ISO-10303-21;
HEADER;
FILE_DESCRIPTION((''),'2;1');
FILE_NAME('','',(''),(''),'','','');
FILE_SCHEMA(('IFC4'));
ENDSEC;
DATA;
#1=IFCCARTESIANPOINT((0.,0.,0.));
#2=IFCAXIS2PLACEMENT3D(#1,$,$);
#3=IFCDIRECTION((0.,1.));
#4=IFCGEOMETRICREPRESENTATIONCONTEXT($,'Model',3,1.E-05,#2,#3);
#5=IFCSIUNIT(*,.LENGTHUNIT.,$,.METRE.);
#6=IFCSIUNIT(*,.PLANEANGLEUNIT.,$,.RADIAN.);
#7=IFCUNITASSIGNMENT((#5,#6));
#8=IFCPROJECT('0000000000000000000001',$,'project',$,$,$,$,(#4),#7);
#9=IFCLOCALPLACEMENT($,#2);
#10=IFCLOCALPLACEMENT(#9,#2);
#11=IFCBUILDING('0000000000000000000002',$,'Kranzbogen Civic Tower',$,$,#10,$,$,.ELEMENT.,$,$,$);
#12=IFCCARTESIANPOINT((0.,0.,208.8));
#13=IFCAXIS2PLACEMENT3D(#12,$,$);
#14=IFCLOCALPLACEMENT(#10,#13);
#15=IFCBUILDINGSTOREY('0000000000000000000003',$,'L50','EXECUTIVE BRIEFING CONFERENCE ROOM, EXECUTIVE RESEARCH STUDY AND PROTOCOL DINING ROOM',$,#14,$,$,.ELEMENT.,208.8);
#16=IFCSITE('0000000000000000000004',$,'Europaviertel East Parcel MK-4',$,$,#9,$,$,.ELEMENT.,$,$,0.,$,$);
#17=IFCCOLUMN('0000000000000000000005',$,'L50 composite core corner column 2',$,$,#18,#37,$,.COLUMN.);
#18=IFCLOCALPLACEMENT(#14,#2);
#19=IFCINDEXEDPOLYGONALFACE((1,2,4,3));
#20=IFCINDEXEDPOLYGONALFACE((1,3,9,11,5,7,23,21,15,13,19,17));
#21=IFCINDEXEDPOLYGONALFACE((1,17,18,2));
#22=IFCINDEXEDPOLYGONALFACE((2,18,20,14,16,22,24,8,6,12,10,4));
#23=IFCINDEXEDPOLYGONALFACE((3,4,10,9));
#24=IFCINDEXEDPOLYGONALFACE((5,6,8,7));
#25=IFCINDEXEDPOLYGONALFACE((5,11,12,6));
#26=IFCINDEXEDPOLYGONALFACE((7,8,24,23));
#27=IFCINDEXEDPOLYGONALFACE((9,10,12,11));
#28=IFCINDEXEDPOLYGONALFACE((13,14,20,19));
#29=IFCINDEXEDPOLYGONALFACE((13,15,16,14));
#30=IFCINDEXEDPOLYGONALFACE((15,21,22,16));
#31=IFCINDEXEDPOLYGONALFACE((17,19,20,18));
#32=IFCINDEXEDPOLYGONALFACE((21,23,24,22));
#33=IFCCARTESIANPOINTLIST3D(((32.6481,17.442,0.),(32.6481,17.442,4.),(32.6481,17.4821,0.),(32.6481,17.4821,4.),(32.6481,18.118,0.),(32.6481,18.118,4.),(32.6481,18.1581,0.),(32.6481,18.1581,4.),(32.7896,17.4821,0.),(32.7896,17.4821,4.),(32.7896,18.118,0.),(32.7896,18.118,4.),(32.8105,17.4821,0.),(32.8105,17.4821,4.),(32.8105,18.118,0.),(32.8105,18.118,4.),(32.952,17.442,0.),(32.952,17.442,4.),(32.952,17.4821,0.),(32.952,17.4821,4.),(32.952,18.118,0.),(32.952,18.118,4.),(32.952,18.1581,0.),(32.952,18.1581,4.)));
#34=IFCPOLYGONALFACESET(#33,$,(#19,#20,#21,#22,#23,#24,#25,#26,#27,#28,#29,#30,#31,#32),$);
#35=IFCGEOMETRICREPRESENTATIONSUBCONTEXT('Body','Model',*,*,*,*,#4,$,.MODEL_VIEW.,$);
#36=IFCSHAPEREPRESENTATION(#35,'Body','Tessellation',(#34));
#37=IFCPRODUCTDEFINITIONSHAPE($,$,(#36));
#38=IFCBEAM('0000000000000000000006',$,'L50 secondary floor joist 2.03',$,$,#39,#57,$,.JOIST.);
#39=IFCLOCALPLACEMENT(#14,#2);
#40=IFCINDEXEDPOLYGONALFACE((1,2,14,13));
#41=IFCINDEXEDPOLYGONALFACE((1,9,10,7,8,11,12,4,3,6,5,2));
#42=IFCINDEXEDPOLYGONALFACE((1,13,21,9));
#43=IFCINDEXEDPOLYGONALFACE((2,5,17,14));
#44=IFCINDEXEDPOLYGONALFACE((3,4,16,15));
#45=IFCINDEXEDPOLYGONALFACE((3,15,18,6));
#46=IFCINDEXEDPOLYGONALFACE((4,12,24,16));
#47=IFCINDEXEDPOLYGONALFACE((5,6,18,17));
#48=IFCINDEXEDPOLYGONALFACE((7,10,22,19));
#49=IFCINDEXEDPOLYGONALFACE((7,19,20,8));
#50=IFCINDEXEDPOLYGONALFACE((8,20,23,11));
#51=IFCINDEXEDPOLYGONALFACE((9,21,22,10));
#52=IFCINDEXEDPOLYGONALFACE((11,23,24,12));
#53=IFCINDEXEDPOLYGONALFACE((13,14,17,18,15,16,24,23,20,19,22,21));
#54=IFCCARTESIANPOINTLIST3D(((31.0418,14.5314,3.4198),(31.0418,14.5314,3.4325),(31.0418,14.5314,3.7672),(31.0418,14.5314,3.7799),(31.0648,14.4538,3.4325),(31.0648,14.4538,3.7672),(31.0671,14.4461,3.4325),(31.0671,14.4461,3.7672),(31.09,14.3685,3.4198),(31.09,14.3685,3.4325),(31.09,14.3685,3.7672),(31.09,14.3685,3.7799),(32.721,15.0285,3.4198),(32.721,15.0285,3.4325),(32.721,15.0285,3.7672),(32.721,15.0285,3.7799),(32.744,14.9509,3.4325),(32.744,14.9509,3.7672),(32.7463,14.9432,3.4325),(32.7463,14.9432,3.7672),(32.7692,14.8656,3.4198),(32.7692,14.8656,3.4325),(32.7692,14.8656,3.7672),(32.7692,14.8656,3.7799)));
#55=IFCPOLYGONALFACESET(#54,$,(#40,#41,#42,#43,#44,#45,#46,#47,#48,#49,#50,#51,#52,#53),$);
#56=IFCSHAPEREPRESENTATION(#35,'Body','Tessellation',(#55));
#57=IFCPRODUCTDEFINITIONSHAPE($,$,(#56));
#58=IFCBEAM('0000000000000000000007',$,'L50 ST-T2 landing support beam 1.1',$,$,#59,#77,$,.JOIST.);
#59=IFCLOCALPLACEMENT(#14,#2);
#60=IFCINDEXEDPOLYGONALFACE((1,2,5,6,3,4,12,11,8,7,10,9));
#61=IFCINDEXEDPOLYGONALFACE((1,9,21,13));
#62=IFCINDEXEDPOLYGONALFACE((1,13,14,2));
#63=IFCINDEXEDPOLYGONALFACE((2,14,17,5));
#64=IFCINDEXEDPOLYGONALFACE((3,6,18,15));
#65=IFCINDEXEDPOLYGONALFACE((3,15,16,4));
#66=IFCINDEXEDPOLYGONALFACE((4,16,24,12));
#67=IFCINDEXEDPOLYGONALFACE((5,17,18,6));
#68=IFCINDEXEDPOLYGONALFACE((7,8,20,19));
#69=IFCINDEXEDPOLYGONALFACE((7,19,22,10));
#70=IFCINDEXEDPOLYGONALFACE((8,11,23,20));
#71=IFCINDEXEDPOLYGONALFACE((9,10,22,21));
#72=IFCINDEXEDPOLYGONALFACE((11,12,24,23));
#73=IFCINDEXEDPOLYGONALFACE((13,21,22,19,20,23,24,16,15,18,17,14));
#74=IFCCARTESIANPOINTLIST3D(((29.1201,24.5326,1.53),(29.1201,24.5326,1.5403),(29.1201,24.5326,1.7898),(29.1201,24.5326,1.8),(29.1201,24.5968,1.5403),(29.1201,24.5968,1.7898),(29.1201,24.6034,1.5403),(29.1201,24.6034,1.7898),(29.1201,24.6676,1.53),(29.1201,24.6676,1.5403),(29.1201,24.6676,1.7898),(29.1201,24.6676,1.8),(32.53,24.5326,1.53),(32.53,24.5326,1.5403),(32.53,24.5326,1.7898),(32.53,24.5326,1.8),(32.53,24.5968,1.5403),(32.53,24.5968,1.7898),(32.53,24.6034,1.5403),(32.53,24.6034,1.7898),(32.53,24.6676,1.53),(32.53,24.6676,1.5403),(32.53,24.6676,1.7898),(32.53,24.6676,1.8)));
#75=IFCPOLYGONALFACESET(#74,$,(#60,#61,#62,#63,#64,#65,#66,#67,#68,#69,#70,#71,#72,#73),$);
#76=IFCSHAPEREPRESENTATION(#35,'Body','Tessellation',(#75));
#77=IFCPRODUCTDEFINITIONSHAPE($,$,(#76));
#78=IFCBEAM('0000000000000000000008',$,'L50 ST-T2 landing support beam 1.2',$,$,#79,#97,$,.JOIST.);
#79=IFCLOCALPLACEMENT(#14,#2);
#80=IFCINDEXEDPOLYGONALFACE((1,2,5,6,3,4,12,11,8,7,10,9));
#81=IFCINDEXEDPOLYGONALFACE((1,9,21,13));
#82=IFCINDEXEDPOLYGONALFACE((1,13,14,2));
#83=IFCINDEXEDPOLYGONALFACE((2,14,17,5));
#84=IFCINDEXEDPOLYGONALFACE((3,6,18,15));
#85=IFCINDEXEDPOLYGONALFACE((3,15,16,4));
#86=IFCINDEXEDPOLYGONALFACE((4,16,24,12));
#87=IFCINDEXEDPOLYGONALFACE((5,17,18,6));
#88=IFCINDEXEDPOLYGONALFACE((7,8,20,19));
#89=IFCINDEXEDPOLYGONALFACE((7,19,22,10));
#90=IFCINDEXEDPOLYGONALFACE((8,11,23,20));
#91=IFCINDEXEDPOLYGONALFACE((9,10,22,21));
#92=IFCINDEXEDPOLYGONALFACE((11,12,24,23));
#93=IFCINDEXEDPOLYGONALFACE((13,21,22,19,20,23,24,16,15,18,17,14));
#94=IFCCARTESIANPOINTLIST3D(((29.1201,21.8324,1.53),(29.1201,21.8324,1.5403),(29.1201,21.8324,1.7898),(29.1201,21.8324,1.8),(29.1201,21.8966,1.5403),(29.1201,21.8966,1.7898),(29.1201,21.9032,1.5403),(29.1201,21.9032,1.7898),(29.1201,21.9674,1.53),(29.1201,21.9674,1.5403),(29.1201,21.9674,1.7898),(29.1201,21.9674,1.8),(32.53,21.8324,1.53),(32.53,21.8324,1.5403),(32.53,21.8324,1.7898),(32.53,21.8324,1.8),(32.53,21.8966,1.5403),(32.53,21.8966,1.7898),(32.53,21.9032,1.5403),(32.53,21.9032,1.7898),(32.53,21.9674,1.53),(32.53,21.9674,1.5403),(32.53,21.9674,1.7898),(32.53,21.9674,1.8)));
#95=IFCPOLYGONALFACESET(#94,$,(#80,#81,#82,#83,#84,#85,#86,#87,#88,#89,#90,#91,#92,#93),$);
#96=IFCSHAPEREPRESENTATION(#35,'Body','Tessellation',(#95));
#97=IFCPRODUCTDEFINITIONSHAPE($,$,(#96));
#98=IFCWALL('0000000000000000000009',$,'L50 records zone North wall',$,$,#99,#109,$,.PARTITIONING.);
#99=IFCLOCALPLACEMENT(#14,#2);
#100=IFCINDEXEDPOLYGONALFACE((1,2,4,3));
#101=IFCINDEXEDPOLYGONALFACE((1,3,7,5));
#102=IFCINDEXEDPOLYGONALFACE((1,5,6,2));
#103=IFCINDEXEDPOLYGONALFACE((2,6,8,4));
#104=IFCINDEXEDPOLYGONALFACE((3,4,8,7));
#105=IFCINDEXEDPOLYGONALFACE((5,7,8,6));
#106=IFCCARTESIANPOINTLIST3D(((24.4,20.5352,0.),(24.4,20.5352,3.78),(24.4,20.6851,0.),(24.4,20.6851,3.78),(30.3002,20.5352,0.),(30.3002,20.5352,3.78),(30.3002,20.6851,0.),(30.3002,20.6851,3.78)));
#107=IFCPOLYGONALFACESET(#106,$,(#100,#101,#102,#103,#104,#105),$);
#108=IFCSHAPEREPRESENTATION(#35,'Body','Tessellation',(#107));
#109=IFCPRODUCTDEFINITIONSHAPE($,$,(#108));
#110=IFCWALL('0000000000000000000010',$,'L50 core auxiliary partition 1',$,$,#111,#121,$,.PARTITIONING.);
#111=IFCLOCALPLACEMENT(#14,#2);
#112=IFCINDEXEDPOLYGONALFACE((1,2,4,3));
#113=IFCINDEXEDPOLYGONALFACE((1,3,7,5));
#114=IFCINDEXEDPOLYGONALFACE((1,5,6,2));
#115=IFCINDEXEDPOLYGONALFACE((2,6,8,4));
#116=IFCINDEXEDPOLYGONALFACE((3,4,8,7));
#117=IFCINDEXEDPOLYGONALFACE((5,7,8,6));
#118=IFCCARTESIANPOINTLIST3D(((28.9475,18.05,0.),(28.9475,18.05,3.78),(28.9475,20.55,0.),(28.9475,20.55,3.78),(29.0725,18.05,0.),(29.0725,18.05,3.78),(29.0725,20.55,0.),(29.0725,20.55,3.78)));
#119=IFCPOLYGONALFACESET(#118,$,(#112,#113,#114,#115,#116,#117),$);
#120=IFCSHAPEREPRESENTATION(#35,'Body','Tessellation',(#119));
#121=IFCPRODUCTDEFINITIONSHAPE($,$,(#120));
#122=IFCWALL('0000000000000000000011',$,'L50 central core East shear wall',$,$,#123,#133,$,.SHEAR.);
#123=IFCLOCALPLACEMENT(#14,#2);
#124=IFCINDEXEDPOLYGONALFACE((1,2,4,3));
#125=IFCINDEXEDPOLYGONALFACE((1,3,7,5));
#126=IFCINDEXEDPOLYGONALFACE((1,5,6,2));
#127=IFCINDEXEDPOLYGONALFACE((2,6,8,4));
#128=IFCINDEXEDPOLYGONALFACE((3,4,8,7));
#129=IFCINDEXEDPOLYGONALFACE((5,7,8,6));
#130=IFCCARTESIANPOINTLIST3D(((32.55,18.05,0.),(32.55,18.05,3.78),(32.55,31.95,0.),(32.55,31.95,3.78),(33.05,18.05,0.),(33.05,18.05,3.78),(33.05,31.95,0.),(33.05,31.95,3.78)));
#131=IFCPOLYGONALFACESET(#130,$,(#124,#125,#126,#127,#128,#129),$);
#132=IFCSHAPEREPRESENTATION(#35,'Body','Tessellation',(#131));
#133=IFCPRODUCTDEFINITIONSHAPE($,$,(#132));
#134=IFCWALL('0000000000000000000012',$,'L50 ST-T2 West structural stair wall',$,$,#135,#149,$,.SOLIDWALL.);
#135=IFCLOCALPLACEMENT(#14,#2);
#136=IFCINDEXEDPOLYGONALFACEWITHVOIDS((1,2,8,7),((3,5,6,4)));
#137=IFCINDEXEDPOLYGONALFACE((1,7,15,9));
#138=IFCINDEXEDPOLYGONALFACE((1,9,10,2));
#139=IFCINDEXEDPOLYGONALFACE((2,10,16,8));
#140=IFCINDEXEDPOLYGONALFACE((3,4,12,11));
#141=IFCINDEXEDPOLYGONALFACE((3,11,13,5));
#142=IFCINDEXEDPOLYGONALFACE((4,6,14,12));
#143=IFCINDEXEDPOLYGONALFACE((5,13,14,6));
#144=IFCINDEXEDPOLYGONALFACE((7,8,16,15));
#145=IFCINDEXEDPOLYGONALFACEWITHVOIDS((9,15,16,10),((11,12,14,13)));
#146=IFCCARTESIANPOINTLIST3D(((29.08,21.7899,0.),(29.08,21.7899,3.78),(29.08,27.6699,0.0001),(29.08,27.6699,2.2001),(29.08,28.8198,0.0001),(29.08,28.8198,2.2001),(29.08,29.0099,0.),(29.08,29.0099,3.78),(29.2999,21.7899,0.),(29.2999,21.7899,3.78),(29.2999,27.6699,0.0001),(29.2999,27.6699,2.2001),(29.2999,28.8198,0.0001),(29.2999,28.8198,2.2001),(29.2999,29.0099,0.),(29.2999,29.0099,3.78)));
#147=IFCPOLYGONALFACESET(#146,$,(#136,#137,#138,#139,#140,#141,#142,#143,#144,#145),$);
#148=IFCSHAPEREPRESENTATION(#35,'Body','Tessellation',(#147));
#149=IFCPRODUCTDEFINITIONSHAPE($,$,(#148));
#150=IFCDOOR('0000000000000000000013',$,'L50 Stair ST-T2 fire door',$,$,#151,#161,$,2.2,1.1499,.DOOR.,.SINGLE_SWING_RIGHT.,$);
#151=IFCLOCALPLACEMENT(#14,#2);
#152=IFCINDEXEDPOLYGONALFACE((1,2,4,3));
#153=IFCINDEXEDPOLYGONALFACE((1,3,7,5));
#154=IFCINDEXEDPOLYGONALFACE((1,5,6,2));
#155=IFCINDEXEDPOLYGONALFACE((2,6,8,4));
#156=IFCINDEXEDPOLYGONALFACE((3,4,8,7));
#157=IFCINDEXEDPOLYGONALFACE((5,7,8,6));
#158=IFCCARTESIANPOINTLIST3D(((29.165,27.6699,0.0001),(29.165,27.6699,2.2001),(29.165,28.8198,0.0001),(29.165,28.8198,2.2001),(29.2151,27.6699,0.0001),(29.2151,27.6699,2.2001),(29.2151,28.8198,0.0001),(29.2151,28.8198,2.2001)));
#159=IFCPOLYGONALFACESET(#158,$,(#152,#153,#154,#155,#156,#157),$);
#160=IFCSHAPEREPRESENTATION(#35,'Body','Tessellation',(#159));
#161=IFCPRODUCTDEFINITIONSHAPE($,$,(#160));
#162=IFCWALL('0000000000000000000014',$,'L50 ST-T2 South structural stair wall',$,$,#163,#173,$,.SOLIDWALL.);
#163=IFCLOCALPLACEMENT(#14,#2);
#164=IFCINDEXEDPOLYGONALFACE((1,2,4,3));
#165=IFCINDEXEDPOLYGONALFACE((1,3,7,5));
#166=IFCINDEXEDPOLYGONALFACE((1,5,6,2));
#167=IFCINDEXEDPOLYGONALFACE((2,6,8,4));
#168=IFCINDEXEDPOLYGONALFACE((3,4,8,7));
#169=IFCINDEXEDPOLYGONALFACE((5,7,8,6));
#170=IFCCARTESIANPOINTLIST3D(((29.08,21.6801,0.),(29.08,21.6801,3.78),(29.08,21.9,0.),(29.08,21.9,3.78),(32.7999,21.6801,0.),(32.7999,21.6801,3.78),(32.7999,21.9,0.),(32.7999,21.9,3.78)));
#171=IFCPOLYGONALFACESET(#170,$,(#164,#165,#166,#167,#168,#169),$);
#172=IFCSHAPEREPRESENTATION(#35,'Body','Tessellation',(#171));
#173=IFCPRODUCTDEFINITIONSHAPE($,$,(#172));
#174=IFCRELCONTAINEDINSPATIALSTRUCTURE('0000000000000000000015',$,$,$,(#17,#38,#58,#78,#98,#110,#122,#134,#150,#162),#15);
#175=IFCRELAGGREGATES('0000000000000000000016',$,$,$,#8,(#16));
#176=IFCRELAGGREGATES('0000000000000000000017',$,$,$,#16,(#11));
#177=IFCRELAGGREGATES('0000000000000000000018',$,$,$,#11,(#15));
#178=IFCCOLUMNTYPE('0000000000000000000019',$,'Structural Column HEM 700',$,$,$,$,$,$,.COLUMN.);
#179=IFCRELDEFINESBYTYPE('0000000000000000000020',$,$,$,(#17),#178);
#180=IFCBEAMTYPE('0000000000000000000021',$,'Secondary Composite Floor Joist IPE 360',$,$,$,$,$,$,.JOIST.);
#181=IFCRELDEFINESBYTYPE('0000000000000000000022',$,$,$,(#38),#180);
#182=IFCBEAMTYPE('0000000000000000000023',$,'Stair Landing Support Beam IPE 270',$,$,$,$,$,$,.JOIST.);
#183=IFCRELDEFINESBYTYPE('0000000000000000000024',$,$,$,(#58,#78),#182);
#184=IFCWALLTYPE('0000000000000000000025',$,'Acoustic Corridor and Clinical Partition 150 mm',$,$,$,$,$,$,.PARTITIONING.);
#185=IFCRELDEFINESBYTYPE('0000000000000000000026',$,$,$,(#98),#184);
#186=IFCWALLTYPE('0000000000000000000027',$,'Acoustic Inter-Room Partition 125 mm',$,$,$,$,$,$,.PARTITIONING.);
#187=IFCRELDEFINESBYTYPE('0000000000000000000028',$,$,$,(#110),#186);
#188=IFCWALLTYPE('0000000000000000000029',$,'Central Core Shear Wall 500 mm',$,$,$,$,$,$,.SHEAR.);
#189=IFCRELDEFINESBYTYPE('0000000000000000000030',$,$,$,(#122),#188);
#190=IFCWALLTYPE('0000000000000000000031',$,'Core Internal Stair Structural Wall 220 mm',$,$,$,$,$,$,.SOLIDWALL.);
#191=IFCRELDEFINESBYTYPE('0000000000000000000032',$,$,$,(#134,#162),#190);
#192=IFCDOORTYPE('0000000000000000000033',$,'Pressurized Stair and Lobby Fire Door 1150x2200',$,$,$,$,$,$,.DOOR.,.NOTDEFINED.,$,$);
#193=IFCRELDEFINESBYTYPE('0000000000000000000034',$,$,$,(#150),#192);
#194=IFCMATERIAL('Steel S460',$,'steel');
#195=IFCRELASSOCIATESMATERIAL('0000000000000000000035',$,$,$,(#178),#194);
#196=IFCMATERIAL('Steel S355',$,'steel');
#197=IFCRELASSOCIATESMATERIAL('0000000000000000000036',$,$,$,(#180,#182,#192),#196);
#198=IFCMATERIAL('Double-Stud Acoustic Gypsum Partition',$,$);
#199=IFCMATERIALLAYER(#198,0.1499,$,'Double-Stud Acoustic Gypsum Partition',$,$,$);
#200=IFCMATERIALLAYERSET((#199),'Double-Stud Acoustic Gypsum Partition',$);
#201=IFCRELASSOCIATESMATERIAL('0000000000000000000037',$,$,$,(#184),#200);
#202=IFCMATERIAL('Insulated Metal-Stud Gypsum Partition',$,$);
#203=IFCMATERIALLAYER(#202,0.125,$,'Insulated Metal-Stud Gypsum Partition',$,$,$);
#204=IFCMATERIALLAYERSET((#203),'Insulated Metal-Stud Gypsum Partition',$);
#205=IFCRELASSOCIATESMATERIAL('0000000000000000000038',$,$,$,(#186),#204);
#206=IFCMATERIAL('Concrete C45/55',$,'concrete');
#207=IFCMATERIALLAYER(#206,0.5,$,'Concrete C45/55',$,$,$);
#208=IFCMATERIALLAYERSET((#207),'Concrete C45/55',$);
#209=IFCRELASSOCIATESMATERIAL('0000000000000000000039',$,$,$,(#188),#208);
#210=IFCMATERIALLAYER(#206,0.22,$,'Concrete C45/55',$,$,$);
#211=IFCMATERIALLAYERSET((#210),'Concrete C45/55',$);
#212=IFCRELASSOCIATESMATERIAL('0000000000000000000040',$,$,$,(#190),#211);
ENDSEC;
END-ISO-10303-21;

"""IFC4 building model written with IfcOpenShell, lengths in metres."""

from ifc_helpers import new_model, si_unit, direction, frame, frame_2d, origin, origin_2d, place, context, subcontext, project, spatial, rectangle, i_section, extrude, material, layer, layer_set, material_profile, profile_set, type_object, element, fill, save


model = new_model("IFC4")

# Units and contexts
model_context = context("Model", 3, precision=1e-05, world=origin(), true_north=direction((0.0, 1.0)))
body_context = subcontext(model_context, "Body", "Model", "MODEL_VIEW")
ifc_project = project(units=[si_unit("LENGTHUNIT", "METRE"), si_unit("PLANEANGLEUNIT", "RADIAN")], contexts=[model_context])

# Site, building, storey
site_placement = place(None, origin())
site = spatial("IfcSite", under=ifc_project, at=site_placement, Name="Europaviertel East Parcel MK-4", CompositionType="ELEMENT", RefElevation=0.0)
building_placement = place(site_placement, origin())
building = spatial("IfcBuilding", under=site, at=building_placement, Name="Kranzbogen Civic Tower", CompositionType="ELEMENT")
storey_placement = place(building_placement, frame((0.0, 0.0, 208.8)))
storey = spatial("IfcBuildingStorey", under=building, at=storey_placement, Name="L50", Description="EXECUTIVE BRIEFING CONFERENCE ROOM, EXECUTIVE RESEARCH STUDY AND PROTOCOL DINING ROOM", CompositionType="ELEMENT", Elevation=208.8)

# Column
ifc_material_1 = material(Name="Steel S460", Category="steel")
ifc_material_profile_1 = material_profile(ifc_material_1, i_section(OverallWidth=0.304, OverallDepth=0.7161, WebThickness=0.021, FlangeThickness=0.04, at=origin_2d()), Name="HEM 700")
ifc_profile_set_1 = profile_set([ifc_material_profile_1], Name="Steel S460")
column_type = type_object("IfcColumnType", Name="Structural Column HEM 700", PredefinedType="COLUMN", material=ifc_profile_set_1)
column_placement = place(storey_placement, frame((32.8, 17.8, 0.0), z_axis=(0.0, 0.0, 1.0), x_axis=(1.0, 0.0, 0.0)))
element("IfcColumn", 1, at=column_placement, inside=storey, type_object=column_type, Name="L50 composite core corner column 2", PredefinedType="COLUMN", context=body_context, shape_type="SweptSolid", body=[
    extrude(i_section(OverallWidth=0.304, OverallDepth=0.7161, WebThickness=0.021, FlangeThickness=0.04, at=origin_2d()), origin(), (0.0, 0.0, 1.0), 4.0),
])

# Beams
ifc_material_2 = material(Name="Steel S355", Category="steel")
ifc_material_profile_2 = material_profile(ifc_material_2, i_section(OverallWidth=0.1699, OverallDepth=0.3601, WebThickness=0.0081, FlangeThickness=0.0127, at=origin_2d()), Name="IPE 360")
ifc_profile_set_2 = profile_set([ifc_material_profile_2], Name="Steel S355")
beam_type_1 = type_object("IfcBeamType", Name="Secondary Composite Floor Joist IPE 360", PredefinedType="JOIST", material=ifc_profile_set_2)
beam_placement = place(storey_placement, frame((31.0659, 14.45, 3.5999), z_axis=(0.958871, 0.283841, 0.0), x_axis=(-0.283841, 0.958871, 0.0)))
element("IfcBeam", 2, at=beam_placement, inside=storey, type_object=beam_type_1, Name="L50 secondary floor joist 2.03", PredefinedType="JOIST", context=body_context, shape_type="SweptSolid", body=[
    extrude(i_section(OverallWidth=0.1699, OverallDepth=0.3601, WebThickness=0.0081, FlangeThickness=0.0127, at=origin_2d()), origin(), (0.0, 0.0, 1.0), 1.7512),
])
ifc_material_profile_3 = material_profile(ifc_material_2, i_section(OverallWidth=0.135, OverallDepth=0.27, WebThickness=0.0066, FlangeThickness=0.0103, at=origin_2d()), Name="IPE 270")
ifc_profile_set_3 = profile_set([ifc_material_profile_3], Name="Steel S355")
beam_type_2 = type_object("IfcBeamType", Name="Stair Landing Support Beam IPE 270", PredefinedType="JOIST", material=ifc_profile_set_3)
for number, where, z_axis, x_axis, name in (
    (3, (29.1201, 24.6001, 1.665), (1.0, 0.0, 0.0), (0.0, 1.0, 0.0), "L50 ST-T2 landing support beam 1.1"),
    (4, (29.1201, 21.8999, 1.665), (1.0, 0.0, 0.0), (0.0, 1.0, 0.0), "L50 ST-T2 landing support beam 1.2"),
):
    element("IfcBeam", number, at=place(storey_placement, frame(where, z_axis=z_axis, x_axis=x_axis)), inside=storey, type_object=beam_type_2, Name=name, PredefinedType="JOIST", context=body_context, shape_type="SweptSolid", body=[
        extrude(i_section(OverallWidth=0.135, OverallDepth=0.27, WebThickness=0.0066, FlangeThickness=0.0103, at=origin_2d()), origin(), (0.0, 0.0, 1.0), 3.4099),
    ])

# Walls
ifc_material_3 = material(Name="Double-Stud Acoustic Gypsum Partition")
ifc_layer_1 = layer(ifc_material_3, 0.1499, Name="Double-Stud Acoustic Gypsum Partition")
ifc_layer_set_1 = layer_set([ifc_layer_1], Name="Double-Stud Acoustic Gypsum Partition")
wall_type_1 = type_object("IfcWallType", Name="Acoustic Corridor and Clinical Partition 150 mm", PredefinedType="PARTITIONING", material=ifc_layer_set_1)
wall_1_placement = place(storey_placement, frame((24.3999, 20.6101, 0.0), z_axis=(0.0, 0.0, 1.0), x_axis=(1.0, 0.0, 0.0)))
element("IfcWall", 5, at=wall_1_placement, inside=storey, type_object=wall_type_1, Name="L50 records zone North wall", PredefinedType="PARTITIONING", context=body_context, shape_type="SweptSolid", body=[
    extrude(rectangle(XDim=5.9001, YDim=0.1499, at=frame_2d((2.9502, 0.0))), origin(), (0.0, 0.0, 1.0), 3.78),
])
ifc_material_4 = material(Name="Insulated Metal-Stud Gypsum Partition")
ifc_layer_2 = layer(ifc_material_4, 0.125, Name="Insulated Metal-Stud Gypsum Partition")
ifc_layer_set_2 = layer_set([ifc_layer_2], Name="Insulated Metal-Stud Gypsum Partition")
wall_type_2 = type_object("IfcWallType", Name="Acoustic Inter-Room Partition 125 mm", PredefinedType="PARTITIONING", material=ifc_layer_set_2)
wall_2_placement = place(storey_placement, frame((29.01, 18.05, 0.0), z_axis=(0.0, 0.0, 1.0), x_axis=(0.0, 1.0, 0.0)))
element("IfcWall", 6, at=wall_2_placement, inside=storey, type_object=wall_type_2, Name="L50 core auxiliary partition 1", PredefinedType="PARTITIONING", context=body_context, shape_type="SweptSolid", body=[
    extrude(rectangle(XDim=2.5, YDim=0.125, at=frame_2d((1.25, 0.0))), origin(), (0.0, 0.0, 1.0), 3.78),
])
ifc_material_5 = material(Name="Concrete C45/55", Category="concrete")
ifc_layer_3 = layer(ifc_material_5, 0.5, Name="Concrete C45/55")
ifc_layer_set_3 = layer_set([ifc_layer_3], Name="Concrete C45/55")
wall_type_3 = type_object("IfcWallType", Name="Central Core Shear Wall 500 mm", PredefinedType="SHEAR", material=ifc_layer_set_3)
wall_3_placement = place(storey_placement, frame((32.8, 18.05, 0.0), z_axis=(0.0, 0.0, 1.0), x_axis=(0.0, 1.0, 0.0)))
element("IfcWall", 7, at=wall_3_placement, inside=storey, type_object=wall_type_3, Name="L50 central core East shear wall", PredefinedType="SHEAR", context=body_context, shape_type="SweptSolid", body=[
    extrude(rectangle(XDim=13.8999, YDim=0.5, at=frame_2d((6.95, 0.0))), origin(), (0.0, 0.0, 1.0), 3.78),
])

# Wall, opening, door
ifc_layer_4 = layer(ifc_material_5, 0.22, Name="Concrete C45/55")
ifc_layer_set_4 = layer_set([ifc_layer_4], Name="Concrete C45/55")
wall_type_4 = type_object("IfcWallType", Name="Core Internal Stair Structural Wall 220 mm", PredefinedType="SOLIDWALL", material=ifc_layer_set_4)
wall_4_placement = place(storey_placement, frame((29.1899, 21.79, 0.0), z_axis=(0.0, 0.0, 1.0), x_axis=(0.0, 1.0, 0.0)))
wall_4 = element("IfcWall", 8, at=wall_4_placement, inside=storey, type_object=wall_type_4, Name="L50 ST-T2 West structural stair wall", PredefinedType="SOLIDWALL", context=body_context, shape_type="SweptSolid", body=[
    extrude(rectangle(XDim=7.22, YDim=0.22, at=frame_2d((3.6099, 0.0))), origin(), (0.0, 0.0, 1.0), 3.78),
])
opening_1_placement = place(wall_4_placement, frame((5.8799, 0.0, 0.0)))
opening_1 = element("IfcOpeningElement", 9, at=opening_1_placement, cuts=wall_4, PredefinedType="OPENING", context=body_context, shape_type="SweptSolid", body=[
    extrude(rectangle(XDim=1.1499, YDim=2.2, at=frame_2d((0.575, 1.1001))), frame((0.0, 0.1201, 0.0), z_axis=(0.0, -1.0, 0.0), x_axis=(1.0, 0.0, 0.0)), (0.0, 0.0, 1.0), 0.24),
])
door_type_1 = type_object("IfcDoorType", Name="Pressurized Stair and Lobby Fire Door 1150x2200", OperationType="NOTDEFINED", PredefinedType="DOOR", material=ifc_material_2)
door_1_placement = place(opening_1_placement, origin())
door_1 = element("IfcDoor", 10, at=door_1_placement, inside=storey, type_object=door_type_1, Name="L50 Stair ST-T2 fire door", OperationType="SINGLE_SWING_RIGHT", OverallHeight=2.2, OverallWidth=1.1499, PredefinedType="DOOR", context=body_context, shape_type="SweptSolid", body=[
    extrude(rectangle(XDim=1.1499, YDim=2.2, at=frame_2d((0.575, 1.1001))), frame((0.0, 0.0249, 0.0), z_axis=(0.0, -1.0, 0.0), x_axis=(1.0, 0.0, 0.0)), (0.0, 0.0, 1.0), 0.05),
])
fill(opening_1, door_1)

# Wall
wall_5_placement = place(storey_placement, frame((29.0801, 21.79, 0.0), z_axis=(0.0, 0.0, 1.0), x_axis=(1.0, 0.0, 0.0)))
element("IfcWall", 11, at=wall_5_placement, inside=storey, type_object=wall_type_4, Name="L50 ST-T2 South structural stair wall", PredefinedType="SOLIDWALL", context=body_context, shape_type="SweptSolid", body=[
    extrude(rectangle(XDim=3.72, YDim=0.22, at=frame_2d((1.8599, 0.0))), origin(), (0.0, 0.0, 1.0), 3.78),
])

save(model, "model.ifc")
